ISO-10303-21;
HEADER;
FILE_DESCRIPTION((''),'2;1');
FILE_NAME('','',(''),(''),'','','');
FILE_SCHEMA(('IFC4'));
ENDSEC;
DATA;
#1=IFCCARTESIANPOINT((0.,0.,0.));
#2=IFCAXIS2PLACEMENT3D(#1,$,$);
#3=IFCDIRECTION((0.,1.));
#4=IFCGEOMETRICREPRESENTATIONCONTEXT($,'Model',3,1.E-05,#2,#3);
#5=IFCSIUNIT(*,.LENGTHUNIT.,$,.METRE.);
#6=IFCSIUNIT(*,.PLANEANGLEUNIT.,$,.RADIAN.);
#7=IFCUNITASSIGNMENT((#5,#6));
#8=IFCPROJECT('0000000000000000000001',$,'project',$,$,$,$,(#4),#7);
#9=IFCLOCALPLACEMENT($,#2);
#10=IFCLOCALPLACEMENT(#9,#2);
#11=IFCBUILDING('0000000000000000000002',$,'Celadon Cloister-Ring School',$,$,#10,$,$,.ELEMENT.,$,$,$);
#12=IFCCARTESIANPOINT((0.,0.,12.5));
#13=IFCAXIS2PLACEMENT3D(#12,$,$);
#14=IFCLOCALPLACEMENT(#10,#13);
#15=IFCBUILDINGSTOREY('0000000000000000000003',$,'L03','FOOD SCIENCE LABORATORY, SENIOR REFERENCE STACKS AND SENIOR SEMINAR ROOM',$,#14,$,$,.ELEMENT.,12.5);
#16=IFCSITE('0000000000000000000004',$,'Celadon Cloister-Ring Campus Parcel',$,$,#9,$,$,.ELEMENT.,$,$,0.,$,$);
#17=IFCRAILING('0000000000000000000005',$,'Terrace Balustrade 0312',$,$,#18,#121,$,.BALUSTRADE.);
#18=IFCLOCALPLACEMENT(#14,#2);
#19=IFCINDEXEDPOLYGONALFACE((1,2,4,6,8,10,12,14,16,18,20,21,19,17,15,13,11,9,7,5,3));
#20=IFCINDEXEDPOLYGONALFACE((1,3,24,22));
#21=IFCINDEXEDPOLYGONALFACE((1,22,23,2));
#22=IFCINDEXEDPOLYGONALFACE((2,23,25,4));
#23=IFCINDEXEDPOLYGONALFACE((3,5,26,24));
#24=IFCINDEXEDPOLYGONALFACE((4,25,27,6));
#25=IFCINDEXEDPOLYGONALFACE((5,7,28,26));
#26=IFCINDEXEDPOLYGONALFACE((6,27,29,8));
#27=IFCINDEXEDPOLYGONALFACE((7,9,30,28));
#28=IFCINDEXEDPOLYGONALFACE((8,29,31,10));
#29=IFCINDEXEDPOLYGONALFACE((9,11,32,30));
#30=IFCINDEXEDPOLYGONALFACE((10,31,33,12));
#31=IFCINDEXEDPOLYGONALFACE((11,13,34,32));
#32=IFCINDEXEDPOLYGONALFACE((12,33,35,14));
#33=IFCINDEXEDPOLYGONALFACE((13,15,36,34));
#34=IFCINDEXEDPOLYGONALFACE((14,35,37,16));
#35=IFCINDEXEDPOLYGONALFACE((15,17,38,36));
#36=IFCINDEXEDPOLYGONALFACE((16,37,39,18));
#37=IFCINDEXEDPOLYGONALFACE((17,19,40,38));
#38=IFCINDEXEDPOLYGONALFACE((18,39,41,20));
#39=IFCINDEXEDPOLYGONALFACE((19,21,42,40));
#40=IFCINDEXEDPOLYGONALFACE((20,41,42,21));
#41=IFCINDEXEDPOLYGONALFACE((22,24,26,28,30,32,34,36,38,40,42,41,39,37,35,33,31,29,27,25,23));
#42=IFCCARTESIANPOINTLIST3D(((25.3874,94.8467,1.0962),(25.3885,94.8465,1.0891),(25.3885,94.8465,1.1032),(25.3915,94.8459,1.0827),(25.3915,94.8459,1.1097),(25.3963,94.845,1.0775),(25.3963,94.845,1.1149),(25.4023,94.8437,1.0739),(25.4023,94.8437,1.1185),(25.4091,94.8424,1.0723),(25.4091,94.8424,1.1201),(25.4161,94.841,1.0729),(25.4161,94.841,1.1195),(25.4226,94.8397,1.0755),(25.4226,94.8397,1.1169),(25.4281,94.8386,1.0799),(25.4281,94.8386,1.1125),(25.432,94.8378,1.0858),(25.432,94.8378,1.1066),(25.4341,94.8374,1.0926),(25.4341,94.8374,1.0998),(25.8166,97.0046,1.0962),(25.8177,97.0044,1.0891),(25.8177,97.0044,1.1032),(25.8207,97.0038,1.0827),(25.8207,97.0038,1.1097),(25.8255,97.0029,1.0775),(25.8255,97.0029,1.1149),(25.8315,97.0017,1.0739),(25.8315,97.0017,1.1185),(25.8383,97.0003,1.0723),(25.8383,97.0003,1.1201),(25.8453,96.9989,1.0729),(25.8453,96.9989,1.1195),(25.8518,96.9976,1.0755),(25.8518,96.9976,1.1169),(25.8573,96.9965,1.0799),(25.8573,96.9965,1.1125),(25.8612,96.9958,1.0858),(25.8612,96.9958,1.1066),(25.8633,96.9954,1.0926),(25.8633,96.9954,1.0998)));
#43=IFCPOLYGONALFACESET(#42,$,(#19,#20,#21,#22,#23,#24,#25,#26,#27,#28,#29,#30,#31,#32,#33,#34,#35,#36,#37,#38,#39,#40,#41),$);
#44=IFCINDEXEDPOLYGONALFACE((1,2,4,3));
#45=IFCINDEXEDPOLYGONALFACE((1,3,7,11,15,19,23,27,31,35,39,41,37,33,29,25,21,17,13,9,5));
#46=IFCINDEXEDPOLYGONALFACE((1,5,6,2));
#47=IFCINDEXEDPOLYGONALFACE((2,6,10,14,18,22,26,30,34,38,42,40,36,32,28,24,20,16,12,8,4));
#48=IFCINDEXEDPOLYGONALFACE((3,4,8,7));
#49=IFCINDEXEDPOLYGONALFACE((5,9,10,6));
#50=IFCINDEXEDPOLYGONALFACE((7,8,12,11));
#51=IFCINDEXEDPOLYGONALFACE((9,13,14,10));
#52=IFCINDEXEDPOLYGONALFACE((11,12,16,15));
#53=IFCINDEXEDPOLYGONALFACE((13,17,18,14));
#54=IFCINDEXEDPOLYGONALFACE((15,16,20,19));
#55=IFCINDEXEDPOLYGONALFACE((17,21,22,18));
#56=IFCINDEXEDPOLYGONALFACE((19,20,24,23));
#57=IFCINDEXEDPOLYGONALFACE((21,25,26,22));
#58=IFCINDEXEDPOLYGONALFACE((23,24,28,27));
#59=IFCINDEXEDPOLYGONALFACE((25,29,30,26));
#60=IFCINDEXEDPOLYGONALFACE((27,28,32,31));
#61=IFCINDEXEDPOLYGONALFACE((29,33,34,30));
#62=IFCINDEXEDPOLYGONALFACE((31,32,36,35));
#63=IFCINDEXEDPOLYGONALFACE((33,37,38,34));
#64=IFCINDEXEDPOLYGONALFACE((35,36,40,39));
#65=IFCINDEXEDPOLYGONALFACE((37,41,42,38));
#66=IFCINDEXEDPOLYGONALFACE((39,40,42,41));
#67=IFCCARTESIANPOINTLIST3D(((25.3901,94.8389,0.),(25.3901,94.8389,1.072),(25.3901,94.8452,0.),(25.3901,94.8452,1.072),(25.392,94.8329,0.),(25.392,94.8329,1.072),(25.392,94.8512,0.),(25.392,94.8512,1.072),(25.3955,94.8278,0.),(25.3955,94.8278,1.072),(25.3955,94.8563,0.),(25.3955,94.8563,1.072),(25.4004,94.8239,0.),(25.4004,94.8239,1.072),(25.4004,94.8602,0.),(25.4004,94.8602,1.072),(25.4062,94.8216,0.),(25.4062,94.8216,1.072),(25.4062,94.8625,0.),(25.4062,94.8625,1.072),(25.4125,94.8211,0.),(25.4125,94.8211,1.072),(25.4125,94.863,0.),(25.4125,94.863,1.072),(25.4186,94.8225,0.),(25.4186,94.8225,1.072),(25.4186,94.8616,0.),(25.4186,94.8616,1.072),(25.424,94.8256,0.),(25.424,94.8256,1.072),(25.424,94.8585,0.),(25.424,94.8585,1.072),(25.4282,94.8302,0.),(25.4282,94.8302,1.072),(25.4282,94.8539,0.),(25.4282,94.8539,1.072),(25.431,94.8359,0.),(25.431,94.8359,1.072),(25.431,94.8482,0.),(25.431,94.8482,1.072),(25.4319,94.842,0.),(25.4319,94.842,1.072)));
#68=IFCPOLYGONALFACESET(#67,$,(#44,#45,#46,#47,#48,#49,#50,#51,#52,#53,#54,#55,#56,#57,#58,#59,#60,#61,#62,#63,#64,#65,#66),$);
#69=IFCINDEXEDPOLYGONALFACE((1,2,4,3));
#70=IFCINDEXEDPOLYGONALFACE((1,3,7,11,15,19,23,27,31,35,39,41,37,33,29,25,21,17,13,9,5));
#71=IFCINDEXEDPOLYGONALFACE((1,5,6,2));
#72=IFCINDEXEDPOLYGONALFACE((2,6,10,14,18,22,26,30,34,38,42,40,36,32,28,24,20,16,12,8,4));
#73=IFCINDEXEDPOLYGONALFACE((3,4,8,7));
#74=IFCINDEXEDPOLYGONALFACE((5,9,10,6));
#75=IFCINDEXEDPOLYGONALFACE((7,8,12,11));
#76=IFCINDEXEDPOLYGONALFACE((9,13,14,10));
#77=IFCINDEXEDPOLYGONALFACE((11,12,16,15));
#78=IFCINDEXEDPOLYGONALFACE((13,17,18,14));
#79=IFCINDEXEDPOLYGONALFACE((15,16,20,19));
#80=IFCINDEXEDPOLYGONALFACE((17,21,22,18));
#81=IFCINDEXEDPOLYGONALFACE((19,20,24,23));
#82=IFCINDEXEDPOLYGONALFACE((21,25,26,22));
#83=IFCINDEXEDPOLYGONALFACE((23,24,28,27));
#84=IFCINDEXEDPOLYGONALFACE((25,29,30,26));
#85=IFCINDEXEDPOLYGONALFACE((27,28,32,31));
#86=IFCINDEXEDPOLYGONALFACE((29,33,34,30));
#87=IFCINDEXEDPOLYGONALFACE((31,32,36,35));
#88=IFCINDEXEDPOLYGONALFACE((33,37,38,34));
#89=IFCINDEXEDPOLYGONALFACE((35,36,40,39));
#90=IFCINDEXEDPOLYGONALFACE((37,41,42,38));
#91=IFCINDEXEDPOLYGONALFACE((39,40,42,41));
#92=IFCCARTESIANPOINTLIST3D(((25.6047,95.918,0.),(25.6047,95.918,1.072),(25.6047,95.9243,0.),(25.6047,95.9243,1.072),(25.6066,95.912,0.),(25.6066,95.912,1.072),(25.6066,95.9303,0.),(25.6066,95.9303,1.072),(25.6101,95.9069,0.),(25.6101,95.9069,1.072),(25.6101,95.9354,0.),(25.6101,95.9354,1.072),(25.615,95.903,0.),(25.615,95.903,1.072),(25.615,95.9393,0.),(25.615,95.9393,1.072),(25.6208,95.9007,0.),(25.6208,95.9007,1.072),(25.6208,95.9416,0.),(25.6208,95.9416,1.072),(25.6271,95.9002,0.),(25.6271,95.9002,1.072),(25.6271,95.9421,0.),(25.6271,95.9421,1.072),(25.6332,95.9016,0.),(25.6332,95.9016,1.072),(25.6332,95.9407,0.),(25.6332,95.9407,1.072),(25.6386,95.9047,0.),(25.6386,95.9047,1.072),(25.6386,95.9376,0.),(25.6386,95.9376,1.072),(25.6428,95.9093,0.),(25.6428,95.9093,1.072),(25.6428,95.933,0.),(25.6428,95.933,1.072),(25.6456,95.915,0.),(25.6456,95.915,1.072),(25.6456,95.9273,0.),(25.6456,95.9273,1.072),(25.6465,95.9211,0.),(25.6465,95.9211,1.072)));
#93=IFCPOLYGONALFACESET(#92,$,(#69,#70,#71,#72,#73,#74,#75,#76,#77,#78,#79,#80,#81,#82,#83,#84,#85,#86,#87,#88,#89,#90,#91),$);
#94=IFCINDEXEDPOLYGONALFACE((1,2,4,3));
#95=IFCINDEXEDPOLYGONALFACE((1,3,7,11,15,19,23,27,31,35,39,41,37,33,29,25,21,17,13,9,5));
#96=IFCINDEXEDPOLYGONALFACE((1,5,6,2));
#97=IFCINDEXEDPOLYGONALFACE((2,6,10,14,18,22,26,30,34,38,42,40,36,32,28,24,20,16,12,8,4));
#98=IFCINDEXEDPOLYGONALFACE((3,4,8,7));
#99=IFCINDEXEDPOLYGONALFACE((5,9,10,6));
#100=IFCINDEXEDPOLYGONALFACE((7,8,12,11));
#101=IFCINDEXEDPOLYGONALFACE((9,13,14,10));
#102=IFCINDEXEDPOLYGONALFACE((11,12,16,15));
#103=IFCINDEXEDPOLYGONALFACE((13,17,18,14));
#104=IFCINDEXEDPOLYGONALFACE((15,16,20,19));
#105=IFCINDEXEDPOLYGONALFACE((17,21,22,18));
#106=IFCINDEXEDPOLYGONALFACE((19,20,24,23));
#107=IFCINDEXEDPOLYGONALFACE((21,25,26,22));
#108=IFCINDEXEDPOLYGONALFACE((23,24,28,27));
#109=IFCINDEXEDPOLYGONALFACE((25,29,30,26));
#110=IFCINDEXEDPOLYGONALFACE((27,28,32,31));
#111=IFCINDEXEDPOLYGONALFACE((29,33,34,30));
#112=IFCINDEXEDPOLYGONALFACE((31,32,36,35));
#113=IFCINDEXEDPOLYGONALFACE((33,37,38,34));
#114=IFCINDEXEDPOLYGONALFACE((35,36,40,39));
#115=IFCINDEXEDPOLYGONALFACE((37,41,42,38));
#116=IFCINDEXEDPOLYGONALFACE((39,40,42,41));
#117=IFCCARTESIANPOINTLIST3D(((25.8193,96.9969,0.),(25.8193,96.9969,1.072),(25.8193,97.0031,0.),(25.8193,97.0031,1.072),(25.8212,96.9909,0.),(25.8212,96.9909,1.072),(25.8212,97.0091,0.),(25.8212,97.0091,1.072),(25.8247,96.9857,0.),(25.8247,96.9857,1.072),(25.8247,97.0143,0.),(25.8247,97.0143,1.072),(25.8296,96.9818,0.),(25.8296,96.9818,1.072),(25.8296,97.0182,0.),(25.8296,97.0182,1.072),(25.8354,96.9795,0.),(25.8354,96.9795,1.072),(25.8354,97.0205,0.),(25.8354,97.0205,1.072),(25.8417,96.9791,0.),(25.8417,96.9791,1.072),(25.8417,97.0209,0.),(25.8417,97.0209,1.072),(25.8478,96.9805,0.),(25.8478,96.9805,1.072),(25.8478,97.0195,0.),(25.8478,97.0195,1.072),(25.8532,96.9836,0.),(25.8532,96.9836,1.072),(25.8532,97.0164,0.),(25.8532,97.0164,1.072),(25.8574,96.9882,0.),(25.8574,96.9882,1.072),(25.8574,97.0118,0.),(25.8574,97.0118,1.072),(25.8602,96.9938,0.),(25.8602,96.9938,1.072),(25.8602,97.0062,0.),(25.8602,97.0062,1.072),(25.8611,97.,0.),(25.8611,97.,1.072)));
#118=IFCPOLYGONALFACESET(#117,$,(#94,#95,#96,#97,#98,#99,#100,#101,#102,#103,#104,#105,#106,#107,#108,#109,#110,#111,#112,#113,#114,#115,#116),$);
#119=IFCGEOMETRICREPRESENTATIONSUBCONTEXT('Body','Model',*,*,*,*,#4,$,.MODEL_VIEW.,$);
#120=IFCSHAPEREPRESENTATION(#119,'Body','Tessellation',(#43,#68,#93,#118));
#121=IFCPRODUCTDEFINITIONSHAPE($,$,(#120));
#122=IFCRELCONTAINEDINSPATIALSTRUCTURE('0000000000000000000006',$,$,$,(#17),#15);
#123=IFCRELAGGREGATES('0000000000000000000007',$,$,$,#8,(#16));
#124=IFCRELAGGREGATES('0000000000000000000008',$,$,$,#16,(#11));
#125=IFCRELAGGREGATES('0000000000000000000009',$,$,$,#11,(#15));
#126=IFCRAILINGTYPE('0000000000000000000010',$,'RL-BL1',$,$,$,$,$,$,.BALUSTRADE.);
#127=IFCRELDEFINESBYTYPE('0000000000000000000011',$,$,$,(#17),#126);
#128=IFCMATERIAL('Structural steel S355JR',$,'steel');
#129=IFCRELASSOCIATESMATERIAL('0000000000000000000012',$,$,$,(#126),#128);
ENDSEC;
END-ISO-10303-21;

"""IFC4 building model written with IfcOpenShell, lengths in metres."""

from ifc_helpers import new_model, si_unit, direction, frame, origin, origin_2d, place, context, subcontext, project, spatial, circle, extrude, material, type_object, element, save


model = new_model("IFC4")

# Units and contexts
model_context = context("Model", 3, precision=1e-05, world=origin(), true_north=direction((0.0, 1.0)))
body_context = subcontext(model_context, "Body", "Model", "MODEL_VIEW")
ifc_project = project(units=[si_unit("LENGTHUNIT", "METRE"), si_unit("PLANEANGLEUNIT", "RADIAN")], contexts=[model_context])

# Site, building, storey
site_placement = place(None, origin())
site = spatial("IfcSite", under=ifc_project, at=site_placement, Name="Celadon Cloister-Ring Campus Parcel", CompositionType="ELEMENT", RefElevation=0.0)
building_placement = place(site_placement, origin())
building = spatial("IfcBuilding", under=site, at=building_placement, Name="Celadon Cloister-Ring School", CompositionType="ELEMENT")
storey_placement = place(building_placement, frame((0.0, 0.0, 12.5)))
storey = spatial("IfcBuildingStorey", under=building, at=storey_placement, Name="L03", Description="FOOD SCIENCE LABORATORY, SENIOR REFERENCE STACKS AND SENIOR SEMINAR ROOM", CompositionType="ELEMENT", Elevation=12.5)

# Railing
ifc_material_1 = material(Name="Structural steel S355JR", Category="steel")
railing_type = type_object("IfcRailingType", Name="RL-BL1", PredefinedType="BALUSTRADE", material=ifc_material_1)
railing_1_placement = place(storey_placement, frame((25.4109, 94.842, 0.0)))
element("IfcRailing", 1, at=railing_1_placement, inside=storey, type_object=railing_type, Name="Terrace Balustrade 0312", PredefinedType="BALUSTRADE", context=body_context, shape_type="SweptSolid", body=[
    extrude(circle(Radius=0.0239, at=origin_2d()), frame((0.0, 0.0, 1.0962), z_axis=(0.19507, 0.980789, 0.0), x_axis=(-0.980789, 0.19507, 0.0)), (0.0, 0.0, 1.0), 2.2002),
    extrude(circle(Radius=0.021, at=origin_2d()), origin(), (0.0, 0.0, 1.0), 1.072),
    extrude(circle(Radius=0.021, at=origin_2d()), frame((0.2146, 1.0791, 0.0)), (0.0, 0.0, 1.0), 1.072),
    extrude(circle(Radius=0.021, at=origin_2d()), frame((0.4292, 2.158, 0.0)), (0.0, 0.0, 1.0), 1.072),
])

save(model, "model.ifc")
